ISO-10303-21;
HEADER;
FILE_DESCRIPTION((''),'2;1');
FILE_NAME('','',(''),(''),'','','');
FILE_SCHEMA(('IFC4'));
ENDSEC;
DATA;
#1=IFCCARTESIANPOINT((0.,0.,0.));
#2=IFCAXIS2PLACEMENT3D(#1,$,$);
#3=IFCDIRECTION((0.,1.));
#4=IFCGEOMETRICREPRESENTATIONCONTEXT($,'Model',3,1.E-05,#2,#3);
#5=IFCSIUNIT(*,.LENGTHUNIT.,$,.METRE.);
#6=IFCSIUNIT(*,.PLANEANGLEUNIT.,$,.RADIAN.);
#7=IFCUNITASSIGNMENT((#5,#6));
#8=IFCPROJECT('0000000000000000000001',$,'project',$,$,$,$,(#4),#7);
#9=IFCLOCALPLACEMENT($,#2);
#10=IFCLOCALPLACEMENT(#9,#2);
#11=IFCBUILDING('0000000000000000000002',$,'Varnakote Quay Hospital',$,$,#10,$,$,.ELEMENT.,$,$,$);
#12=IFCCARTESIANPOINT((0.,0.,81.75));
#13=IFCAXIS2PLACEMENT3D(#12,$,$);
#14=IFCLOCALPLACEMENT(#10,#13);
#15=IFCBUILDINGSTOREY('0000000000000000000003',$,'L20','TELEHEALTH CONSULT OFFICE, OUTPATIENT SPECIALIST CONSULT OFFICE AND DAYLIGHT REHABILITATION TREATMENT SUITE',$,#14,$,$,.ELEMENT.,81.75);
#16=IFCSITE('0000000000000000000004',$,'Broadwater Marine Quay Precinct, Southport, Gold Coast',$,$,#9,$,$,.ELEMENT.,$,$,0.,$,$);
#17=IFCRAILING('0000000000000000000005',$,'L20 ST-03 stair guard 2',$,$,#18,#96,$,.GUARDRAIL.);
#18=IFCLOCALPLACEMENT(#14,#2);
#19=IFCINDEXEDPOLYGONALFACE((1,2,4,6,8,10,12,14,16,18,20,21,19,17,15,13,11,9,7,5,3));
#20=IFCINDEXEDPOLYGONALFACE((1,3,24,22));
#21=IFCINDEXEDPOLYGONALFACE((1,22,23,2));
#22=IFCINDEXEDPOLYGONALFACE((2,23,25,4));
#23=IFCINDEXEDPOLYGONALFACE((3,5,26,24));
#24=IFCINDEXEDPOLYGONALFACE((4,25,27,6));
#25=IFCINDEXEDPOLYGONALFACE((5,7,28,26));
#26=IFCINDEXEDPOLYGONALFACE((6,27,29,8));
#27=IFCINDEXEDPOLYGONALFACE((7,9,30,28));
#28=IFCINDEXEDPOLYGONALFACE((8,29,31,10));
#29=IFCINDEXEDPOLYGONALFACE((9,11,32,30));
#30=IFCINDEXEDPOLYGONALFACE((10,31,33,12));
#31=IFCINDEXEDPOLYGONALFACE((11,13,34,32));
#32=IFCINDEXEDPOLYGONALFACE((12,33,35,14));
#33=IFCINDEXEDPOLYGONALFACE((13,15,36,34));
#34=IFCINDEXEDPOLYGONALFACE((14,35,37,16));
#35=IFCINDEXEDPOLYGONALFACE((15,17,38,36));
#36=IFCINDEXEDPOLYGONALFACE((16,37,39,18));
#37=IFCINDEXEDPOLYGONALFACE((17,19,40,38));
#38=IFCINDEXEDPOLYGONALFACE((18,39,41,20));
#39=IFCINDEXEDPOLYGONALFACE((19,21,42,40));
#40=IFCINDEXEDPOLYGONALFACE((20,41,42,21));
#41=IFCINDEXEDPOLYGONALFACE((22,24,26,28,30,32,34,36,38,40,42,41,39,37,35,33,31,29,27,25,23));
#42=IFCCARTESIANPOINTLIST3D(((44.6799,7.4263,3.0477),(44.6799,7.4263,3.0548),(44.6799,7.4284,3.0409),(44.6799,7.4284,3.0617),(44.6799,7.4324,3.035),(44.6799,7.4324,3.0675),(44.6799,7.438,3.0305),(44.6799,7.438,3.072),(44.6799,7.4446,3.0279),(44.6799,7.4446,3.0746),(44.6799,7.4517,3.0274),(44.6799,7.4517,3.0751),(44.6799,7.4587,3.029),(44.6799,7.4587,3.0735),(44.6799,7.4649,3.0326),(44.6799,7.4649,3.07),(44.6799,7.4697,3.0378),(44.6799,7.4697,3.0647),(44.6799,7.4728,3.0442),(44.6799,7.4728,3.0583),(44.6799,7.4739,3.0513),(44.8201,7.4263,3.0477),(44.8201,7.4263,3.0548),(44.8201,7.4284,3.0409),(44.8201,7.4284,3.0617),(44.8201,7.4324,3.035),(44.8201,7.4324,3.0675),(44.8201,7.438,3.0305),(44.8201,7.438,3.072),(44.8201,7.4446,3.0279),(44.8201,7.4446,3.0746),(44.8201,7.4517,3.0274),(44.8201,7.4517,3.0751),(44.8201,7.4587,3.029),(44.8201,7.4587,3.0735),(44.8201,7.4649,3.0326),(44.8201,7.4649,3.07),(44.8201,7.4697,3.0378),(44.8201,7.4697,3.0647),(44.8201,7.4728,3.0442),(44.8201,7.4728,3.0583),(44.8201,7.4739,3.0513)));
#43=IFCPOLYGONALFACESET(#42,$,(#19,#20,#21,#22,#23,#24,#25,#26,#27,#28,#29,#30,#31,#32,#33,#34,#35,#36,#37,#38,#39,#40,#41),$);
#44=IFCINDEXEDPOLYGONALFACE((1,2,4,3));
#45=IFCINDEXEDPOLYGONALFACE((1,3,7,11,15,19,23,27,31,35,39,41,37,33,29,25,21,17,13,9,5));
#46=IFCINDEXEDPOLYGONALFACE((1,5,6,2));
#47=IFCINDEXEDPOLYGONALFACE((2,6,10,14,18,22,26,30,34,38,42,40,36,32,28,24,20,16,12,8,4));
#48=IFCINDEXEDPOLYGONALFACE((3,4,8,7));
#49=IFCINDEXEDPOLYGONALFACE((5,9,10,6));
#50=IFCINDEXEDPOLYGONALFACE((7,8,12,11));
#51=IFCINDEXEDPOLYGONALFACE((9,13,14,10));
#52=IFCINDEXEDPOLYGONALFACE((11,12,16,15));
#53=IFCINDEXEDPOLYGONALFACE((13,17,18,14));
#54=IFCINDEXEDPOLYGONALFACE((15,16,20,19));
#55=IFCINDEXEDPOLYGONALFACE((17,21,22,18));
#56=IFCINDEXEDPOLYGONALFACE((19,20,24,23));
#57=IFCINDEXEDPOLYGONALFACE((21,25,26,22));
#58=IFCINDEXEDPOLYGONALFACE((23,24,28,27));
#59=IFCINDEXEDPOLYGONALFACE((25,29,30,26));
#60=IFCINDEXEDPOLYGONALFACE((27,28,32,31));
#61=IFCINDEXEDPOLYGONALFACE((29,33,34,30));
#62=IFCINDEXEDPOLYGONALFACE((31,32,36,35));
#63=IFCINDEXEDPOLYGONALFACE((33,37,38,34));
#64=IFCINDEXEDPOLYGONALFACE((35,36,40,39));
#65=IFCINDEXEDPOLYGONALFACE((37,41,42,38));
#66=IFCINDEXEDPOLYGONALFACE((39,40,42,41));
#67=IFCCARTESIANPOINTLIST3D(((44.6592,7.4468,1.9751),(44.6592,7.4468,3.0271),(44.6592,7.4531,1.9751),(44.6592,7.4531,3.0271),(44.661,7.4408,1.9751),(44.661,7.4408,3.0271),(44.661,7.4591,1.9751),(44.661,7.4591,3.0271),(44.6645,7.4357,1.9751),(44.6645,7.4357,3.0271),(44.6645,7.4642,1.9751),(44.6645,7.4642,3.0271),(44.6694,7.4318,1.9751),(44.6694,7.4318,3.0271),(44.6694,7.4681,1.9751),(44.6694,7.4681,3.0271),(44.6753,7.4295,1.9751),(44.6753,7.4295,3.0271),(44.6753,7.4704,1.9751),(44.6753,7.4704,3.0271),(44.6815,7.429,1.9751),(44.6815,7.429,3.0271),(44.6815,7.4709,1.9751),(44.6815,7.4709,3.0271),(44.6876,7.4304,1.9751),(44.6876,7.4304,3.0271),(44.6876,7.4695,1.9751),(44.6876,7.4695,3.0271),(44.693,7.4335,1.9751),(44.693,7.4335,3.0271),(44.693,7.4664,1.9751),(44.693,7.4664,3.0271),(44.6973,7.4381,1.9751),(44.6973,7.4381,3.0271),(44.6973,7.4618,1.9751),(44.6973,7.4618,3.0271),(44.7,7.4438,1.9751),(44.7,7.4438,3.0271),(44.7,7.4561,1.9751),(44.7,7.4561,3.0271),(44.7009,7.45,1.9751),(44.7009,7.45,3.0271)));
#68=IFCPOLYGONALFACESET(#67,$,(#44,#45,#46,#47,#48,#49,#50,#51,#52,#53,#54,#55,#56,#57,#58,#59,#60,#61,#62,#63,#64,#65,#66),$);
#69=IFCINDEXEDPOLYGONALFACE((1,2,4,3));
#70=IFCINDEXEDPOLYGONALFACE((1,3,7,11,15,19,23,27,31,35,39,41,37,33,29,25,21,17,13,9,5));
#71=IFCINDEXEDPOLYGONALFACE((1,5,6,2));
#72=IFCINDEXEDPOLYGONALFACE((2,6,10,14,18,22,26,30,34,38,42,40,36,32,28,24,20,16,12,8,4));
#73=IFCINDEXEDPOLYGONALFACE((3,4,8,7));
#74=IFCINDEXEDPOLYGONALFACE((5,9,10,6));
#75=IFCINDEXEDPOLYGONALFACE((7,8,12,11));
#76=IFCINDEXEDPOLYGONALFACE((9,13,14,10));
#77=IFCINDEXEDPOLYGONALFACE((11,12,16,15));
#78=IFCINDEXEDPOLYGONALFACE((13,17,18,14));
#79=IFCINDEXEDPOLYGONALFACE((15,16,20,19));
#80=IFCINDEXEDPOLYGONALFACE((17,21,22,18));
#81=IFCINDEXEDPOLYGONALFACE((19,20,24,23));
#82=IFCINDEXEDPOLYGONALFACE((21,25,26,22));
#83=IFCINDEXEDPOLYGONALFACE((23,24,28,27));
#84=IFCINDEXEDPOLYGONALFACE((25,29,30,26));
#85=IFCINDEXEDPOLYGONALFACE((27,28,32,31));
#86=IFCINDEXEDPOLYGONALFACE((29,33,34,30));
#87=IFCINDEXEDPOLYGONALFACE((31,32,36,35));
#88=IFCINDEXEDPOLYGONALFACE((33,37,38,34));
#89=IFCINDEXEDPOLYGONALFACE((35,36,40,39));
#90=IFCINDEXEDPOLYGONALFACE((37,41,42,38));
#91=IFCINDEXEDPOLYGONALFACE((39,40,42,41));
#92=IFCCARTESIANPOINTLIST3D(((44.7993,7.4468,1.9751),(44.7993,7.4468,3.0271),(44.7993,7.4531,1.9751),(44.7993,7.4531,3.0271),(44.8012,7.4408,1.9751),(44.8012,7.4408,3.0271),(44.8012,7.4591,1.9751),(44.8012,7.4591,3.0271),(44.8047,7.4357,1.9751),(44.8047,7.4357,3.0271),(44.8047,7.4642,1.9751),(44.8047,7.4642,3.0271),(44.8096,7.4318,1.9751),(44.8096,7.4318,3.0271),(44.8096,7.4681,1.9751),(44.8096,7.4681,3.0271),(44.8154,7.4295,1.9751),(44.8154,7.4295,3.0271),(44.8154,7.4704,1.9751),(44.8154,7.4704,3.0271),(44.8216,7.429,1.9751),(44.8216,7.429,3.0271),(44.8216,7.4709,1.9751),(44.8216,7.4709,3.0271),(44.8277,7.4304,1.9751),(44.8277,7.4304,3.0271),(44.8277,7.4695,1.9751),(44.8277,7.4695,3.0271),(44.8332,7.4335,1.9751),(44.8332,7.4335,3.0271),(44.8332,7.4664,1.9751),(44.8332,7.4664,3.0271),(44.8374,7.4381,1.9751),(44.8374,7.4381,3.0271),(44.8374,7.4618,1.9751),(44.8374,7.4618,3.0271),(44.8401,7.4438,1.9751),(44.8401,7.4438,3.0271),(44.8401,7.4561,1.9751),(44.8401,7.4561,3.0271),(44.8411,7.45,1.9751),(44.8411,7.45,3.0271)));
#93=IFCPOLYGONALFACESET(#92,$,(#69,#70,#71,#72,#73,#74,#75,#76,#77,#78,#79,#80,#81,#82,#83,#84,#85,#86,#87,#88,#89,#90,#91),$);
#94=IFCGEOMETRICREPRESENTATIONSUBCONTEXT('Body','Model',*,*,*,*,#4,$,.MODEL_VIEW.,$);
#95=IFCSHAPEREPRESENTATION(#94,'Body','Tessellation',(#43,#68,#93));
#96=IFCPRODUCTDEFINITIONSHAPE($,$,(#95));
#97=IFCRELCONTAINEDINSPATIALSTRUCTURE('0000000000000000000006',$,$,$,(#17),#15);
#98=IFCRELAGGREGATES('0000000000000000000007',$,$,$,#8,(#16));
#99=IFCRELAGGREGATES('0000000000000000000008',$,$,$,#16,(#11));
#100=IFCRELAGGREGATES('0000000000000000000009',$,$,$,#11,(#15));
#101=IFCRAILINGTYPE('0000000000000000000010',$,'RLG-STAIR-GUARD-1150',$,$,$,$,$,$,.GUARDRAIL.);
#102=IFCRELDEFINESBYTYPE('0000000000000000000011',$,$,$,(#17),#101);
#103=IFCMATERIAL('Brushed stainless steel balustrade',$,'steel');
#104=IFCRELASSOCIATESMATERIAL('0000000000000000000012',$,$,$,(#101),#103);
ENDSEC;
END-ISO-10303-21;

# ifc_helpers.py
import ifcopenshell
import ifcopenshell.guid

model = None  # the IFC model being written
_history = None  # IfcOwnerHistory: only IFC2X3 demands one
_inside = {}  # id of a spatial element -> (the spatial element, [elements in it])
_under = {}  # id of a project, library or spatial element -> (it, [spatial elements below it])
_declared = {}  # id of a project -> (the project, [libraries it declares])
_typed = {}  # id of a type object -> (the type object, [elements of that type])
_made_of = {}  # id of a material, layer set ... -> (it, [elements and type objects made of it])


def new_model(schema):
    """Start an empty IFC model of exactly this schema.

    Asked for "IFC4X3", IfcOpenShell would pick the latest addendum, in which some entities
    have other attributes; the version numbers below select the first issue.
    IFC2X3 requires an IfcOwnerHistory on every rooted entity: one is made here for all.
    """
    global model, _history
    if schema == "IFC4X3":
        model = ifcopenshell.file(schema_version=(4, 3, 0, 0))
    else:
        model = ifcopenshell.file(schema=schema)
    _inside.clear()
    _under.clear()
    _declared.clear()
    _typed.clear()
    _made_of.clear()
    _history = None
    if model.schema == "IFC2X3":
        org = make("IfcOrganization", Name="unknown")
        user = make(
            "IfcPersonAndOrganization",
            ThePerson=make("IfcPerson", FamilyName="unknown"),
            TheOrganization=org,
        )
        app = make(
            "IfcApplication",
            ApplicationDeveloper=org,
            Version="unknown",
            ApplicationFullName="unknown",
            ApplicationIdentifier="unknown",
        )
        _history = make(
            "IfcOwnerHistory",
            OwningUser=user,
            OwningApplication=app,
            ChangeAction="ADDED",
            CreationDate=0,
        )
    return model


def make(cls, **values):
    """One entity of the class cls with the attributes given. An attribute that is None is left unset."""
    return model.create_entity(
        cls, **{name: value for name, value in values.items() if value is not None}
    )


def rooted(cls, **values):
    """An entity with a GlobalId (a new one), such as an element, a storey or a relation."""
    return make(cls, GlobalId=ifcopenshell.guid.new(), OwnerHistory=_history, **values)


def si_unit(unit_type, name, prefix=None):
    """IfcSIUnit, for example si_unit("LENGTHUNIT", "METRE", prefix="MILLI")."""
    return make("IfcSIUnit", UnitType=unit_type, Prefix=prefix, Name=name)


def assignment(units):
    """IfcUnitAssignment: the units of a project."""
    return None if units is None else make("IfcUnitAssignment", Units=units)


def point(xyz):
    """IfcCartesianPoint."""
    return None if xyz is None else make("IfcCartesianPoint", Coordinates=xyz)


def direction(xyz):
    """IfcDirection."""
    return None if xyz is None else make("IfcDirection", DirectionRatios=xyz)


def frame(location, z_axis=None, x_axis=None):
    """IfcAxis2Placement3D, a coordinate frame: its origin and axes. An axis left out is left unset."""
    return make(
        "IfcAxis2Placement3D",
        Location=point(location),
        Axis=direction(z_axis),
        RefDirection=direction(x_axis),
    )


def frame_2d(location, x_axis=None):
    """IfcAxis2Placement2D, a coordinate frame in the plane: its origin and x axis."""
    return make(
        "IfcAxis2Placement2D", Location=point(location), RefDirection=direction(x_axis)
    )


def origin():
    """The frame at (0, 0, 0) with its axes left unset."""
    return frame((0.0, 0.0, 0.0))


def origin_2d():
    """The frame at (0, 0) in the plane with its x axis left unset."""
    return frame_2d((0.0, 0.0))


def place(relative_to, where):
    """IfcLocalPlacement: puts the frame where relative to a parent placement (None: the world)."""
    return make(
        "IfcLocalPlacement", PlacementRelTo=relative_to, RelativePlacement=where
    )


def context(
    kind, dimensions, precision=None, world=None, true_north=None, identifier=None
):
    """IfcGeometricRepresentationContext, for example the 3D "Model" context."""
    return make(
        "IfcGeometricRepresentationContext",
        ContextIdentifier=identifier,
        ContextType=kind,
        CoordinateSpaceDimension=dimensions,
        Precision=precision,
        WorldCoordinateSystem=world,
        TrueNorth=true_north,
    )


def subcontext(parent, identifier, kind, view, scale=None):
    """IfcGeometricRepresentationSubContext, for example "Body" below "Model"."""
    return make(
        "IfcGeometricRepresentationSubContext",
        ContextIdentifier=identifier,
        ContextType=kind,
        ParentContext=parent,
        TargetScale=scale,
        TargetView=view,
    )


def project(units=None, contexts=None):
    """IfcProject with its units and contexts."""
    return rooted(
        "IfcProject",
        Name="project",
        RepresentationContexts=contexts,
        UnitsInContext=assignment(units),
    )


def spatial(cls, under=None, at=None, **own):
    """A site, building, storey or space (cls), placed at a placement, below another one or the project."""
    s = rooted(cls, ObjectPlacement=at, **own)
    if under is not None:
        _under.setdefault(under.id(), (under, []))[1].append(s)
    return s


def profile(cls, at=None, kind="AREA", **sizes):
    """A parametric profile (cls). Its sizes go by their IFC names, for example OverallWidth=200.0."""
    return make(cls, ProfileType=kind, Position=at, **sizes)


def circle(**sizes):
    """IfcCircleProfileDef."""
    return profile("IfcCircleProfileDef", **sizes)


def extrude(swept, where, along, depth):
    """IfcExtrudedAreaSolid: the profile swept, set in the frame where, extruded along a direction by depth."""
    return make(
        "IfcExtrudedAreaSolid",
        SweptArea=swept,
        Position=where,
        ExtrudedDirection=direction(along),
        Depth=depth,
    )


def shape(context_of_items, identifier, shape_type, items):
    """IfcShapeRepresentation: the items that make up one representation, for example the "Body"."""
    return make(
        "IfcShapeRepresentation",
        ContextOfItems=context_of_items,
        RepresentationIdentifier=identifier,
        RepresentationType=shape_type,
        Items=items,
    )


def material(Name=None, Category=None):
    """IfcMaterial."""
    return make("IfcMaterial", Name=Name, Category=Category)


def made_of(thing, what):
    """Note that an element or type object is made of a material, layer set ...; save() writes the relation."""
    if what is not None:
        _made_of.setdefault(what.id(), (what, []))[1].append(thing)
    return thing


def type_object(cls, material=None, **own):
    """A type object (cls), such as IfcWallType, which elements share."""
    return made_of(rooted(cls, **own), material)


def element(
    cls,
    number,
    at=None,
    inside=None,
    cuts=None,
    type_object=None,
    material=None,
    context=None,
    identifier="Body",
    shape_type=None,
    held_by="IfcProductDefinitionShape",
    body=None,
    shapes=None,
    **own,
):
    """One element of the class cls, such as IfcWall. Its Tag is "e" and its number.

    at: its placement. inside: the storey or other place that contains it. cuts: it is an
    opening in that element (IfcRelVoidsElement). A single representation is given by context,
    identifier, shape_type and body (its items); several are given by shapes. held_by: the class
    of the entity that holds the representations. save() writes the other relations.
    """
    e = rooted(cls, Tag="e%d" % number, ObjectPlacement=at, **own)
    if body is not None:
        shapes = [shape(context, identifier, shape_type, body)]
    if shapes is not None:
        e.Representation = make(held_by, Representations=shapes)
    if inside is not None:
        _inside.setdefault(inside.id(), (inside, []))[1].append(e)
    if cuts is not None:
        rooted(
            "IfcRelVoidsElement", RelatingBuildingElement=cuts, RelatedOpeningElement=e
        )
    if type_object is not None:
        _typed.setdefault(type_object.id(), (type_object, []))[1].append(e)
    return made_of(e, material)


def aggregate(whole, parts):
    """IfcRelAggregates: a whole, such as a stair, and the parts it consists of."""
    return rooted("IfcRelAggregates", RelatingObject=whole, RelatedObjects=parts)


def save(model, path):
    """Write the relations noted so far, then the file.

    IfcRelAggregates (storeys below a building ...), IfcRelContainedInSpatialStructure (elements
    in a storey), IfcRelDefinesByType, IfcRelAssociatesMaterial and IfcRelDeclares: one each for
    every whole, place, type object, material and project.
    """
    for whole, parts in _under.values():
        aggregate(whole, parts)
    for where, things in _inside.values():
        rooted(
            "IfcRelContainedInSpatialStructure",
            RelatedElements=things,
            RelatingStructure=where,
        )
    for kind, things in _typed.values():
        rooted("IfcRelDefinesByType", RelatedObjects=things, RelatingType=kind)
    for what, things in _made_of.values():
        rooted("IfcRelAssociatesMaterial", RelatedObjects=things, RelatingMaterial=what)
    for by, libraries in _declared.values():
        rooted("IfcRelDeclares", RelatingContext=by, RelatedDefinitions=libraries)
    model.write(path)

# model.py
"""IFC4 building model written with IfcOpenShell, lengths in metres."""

from ifc_helpers import new_model, si_unit, direction, frame, origin, origin_2d, place, context, subcontext, project, spatial, circle, extrude, material, type_object, element, save


model = new_model("IFC4")

# Units and contexts
model_context = context("Model", 3, precision=1e-05, world=origin(), true_north=direction((0.0, 1.0)))
body_context = subcontext(model_context, "Body", "Model", "MODEL_VIEW")
ifc_project = project(units=[si_unit("LENGTHUNIT", "METRE"), si_unit("PLANEANGLEUNIT", "RADIAN")], contexts=[model_context])

# Site, building, storey
site_placement = place(None, origin())
site = spatial("IfcSite", under=ifc_project, at=site_placement, Name="Broadwater Marine Quay Precinct, Southport, Gold Coast", CompositionType="ELEMENT", RefElevation=0.0)
building_placement = place(site_placement, origin())
building = spatial("IfcBuilding", under=site, at=building_placement, Name="Varnakote Quay Hospital", CompositionType="ELEMENT")
storey_placement = place(building_placement, frame((0.0, 0.0, 81.75)))
storey = spatial("IfcBuildingStorey", under=building, at=storey_placement, Name="L20", Description="TELEHEALTH CONSULT OFFICE, OUTPATIENT SPECIALIST CONSULT OFFICE AND DAYLIGHT REHABILITATION TREATMENT SUITE", CompositionType="ELEMENT", Elevation=81.75)

# Railing
ifc_material_1 = material(Name="Brushed stainless steel balustrade", Category="steel")
railing_type_1 = type_object("IfcRailingType", Name="RLG-STAIR-GUARD-1150", PredefinedType="GUARDRAIL", material=ifc_material_1)
railing_1_placement = place(storey_placement, frame((44.6799, 7.45, 1.9751)))
element("IfcRailing", 1, at=railing_1_placement, inside=storey, type_object=railing_type_1, Name="L20 ST-03 stair guard 2", PredefinedType="GUARDRAIL", context=body_context, shape_type="SweptSolid", body=[
    extrude(circle(Radius=0.0239, at=origin_2d()), frame((0.0, 0.0, 1.0762), z_axis=(1.0, 0.0, 0.0), x_axis=(0.0, 1.0, 0.0)), (0.0, 0.0, 1.0), 0.1401),
    extrude(circle(Radius=0.021, at=origin_2d()), origin(), (0.0, 0.0, 1.0), 1.052),
    extrude(circle(Radius=0.021, at=origin_2d()), frame((0.1401, 0.0, 0.0)), (0.0, 0.0, 1.0), 1.052),
])

save(model, "model.ifc")
